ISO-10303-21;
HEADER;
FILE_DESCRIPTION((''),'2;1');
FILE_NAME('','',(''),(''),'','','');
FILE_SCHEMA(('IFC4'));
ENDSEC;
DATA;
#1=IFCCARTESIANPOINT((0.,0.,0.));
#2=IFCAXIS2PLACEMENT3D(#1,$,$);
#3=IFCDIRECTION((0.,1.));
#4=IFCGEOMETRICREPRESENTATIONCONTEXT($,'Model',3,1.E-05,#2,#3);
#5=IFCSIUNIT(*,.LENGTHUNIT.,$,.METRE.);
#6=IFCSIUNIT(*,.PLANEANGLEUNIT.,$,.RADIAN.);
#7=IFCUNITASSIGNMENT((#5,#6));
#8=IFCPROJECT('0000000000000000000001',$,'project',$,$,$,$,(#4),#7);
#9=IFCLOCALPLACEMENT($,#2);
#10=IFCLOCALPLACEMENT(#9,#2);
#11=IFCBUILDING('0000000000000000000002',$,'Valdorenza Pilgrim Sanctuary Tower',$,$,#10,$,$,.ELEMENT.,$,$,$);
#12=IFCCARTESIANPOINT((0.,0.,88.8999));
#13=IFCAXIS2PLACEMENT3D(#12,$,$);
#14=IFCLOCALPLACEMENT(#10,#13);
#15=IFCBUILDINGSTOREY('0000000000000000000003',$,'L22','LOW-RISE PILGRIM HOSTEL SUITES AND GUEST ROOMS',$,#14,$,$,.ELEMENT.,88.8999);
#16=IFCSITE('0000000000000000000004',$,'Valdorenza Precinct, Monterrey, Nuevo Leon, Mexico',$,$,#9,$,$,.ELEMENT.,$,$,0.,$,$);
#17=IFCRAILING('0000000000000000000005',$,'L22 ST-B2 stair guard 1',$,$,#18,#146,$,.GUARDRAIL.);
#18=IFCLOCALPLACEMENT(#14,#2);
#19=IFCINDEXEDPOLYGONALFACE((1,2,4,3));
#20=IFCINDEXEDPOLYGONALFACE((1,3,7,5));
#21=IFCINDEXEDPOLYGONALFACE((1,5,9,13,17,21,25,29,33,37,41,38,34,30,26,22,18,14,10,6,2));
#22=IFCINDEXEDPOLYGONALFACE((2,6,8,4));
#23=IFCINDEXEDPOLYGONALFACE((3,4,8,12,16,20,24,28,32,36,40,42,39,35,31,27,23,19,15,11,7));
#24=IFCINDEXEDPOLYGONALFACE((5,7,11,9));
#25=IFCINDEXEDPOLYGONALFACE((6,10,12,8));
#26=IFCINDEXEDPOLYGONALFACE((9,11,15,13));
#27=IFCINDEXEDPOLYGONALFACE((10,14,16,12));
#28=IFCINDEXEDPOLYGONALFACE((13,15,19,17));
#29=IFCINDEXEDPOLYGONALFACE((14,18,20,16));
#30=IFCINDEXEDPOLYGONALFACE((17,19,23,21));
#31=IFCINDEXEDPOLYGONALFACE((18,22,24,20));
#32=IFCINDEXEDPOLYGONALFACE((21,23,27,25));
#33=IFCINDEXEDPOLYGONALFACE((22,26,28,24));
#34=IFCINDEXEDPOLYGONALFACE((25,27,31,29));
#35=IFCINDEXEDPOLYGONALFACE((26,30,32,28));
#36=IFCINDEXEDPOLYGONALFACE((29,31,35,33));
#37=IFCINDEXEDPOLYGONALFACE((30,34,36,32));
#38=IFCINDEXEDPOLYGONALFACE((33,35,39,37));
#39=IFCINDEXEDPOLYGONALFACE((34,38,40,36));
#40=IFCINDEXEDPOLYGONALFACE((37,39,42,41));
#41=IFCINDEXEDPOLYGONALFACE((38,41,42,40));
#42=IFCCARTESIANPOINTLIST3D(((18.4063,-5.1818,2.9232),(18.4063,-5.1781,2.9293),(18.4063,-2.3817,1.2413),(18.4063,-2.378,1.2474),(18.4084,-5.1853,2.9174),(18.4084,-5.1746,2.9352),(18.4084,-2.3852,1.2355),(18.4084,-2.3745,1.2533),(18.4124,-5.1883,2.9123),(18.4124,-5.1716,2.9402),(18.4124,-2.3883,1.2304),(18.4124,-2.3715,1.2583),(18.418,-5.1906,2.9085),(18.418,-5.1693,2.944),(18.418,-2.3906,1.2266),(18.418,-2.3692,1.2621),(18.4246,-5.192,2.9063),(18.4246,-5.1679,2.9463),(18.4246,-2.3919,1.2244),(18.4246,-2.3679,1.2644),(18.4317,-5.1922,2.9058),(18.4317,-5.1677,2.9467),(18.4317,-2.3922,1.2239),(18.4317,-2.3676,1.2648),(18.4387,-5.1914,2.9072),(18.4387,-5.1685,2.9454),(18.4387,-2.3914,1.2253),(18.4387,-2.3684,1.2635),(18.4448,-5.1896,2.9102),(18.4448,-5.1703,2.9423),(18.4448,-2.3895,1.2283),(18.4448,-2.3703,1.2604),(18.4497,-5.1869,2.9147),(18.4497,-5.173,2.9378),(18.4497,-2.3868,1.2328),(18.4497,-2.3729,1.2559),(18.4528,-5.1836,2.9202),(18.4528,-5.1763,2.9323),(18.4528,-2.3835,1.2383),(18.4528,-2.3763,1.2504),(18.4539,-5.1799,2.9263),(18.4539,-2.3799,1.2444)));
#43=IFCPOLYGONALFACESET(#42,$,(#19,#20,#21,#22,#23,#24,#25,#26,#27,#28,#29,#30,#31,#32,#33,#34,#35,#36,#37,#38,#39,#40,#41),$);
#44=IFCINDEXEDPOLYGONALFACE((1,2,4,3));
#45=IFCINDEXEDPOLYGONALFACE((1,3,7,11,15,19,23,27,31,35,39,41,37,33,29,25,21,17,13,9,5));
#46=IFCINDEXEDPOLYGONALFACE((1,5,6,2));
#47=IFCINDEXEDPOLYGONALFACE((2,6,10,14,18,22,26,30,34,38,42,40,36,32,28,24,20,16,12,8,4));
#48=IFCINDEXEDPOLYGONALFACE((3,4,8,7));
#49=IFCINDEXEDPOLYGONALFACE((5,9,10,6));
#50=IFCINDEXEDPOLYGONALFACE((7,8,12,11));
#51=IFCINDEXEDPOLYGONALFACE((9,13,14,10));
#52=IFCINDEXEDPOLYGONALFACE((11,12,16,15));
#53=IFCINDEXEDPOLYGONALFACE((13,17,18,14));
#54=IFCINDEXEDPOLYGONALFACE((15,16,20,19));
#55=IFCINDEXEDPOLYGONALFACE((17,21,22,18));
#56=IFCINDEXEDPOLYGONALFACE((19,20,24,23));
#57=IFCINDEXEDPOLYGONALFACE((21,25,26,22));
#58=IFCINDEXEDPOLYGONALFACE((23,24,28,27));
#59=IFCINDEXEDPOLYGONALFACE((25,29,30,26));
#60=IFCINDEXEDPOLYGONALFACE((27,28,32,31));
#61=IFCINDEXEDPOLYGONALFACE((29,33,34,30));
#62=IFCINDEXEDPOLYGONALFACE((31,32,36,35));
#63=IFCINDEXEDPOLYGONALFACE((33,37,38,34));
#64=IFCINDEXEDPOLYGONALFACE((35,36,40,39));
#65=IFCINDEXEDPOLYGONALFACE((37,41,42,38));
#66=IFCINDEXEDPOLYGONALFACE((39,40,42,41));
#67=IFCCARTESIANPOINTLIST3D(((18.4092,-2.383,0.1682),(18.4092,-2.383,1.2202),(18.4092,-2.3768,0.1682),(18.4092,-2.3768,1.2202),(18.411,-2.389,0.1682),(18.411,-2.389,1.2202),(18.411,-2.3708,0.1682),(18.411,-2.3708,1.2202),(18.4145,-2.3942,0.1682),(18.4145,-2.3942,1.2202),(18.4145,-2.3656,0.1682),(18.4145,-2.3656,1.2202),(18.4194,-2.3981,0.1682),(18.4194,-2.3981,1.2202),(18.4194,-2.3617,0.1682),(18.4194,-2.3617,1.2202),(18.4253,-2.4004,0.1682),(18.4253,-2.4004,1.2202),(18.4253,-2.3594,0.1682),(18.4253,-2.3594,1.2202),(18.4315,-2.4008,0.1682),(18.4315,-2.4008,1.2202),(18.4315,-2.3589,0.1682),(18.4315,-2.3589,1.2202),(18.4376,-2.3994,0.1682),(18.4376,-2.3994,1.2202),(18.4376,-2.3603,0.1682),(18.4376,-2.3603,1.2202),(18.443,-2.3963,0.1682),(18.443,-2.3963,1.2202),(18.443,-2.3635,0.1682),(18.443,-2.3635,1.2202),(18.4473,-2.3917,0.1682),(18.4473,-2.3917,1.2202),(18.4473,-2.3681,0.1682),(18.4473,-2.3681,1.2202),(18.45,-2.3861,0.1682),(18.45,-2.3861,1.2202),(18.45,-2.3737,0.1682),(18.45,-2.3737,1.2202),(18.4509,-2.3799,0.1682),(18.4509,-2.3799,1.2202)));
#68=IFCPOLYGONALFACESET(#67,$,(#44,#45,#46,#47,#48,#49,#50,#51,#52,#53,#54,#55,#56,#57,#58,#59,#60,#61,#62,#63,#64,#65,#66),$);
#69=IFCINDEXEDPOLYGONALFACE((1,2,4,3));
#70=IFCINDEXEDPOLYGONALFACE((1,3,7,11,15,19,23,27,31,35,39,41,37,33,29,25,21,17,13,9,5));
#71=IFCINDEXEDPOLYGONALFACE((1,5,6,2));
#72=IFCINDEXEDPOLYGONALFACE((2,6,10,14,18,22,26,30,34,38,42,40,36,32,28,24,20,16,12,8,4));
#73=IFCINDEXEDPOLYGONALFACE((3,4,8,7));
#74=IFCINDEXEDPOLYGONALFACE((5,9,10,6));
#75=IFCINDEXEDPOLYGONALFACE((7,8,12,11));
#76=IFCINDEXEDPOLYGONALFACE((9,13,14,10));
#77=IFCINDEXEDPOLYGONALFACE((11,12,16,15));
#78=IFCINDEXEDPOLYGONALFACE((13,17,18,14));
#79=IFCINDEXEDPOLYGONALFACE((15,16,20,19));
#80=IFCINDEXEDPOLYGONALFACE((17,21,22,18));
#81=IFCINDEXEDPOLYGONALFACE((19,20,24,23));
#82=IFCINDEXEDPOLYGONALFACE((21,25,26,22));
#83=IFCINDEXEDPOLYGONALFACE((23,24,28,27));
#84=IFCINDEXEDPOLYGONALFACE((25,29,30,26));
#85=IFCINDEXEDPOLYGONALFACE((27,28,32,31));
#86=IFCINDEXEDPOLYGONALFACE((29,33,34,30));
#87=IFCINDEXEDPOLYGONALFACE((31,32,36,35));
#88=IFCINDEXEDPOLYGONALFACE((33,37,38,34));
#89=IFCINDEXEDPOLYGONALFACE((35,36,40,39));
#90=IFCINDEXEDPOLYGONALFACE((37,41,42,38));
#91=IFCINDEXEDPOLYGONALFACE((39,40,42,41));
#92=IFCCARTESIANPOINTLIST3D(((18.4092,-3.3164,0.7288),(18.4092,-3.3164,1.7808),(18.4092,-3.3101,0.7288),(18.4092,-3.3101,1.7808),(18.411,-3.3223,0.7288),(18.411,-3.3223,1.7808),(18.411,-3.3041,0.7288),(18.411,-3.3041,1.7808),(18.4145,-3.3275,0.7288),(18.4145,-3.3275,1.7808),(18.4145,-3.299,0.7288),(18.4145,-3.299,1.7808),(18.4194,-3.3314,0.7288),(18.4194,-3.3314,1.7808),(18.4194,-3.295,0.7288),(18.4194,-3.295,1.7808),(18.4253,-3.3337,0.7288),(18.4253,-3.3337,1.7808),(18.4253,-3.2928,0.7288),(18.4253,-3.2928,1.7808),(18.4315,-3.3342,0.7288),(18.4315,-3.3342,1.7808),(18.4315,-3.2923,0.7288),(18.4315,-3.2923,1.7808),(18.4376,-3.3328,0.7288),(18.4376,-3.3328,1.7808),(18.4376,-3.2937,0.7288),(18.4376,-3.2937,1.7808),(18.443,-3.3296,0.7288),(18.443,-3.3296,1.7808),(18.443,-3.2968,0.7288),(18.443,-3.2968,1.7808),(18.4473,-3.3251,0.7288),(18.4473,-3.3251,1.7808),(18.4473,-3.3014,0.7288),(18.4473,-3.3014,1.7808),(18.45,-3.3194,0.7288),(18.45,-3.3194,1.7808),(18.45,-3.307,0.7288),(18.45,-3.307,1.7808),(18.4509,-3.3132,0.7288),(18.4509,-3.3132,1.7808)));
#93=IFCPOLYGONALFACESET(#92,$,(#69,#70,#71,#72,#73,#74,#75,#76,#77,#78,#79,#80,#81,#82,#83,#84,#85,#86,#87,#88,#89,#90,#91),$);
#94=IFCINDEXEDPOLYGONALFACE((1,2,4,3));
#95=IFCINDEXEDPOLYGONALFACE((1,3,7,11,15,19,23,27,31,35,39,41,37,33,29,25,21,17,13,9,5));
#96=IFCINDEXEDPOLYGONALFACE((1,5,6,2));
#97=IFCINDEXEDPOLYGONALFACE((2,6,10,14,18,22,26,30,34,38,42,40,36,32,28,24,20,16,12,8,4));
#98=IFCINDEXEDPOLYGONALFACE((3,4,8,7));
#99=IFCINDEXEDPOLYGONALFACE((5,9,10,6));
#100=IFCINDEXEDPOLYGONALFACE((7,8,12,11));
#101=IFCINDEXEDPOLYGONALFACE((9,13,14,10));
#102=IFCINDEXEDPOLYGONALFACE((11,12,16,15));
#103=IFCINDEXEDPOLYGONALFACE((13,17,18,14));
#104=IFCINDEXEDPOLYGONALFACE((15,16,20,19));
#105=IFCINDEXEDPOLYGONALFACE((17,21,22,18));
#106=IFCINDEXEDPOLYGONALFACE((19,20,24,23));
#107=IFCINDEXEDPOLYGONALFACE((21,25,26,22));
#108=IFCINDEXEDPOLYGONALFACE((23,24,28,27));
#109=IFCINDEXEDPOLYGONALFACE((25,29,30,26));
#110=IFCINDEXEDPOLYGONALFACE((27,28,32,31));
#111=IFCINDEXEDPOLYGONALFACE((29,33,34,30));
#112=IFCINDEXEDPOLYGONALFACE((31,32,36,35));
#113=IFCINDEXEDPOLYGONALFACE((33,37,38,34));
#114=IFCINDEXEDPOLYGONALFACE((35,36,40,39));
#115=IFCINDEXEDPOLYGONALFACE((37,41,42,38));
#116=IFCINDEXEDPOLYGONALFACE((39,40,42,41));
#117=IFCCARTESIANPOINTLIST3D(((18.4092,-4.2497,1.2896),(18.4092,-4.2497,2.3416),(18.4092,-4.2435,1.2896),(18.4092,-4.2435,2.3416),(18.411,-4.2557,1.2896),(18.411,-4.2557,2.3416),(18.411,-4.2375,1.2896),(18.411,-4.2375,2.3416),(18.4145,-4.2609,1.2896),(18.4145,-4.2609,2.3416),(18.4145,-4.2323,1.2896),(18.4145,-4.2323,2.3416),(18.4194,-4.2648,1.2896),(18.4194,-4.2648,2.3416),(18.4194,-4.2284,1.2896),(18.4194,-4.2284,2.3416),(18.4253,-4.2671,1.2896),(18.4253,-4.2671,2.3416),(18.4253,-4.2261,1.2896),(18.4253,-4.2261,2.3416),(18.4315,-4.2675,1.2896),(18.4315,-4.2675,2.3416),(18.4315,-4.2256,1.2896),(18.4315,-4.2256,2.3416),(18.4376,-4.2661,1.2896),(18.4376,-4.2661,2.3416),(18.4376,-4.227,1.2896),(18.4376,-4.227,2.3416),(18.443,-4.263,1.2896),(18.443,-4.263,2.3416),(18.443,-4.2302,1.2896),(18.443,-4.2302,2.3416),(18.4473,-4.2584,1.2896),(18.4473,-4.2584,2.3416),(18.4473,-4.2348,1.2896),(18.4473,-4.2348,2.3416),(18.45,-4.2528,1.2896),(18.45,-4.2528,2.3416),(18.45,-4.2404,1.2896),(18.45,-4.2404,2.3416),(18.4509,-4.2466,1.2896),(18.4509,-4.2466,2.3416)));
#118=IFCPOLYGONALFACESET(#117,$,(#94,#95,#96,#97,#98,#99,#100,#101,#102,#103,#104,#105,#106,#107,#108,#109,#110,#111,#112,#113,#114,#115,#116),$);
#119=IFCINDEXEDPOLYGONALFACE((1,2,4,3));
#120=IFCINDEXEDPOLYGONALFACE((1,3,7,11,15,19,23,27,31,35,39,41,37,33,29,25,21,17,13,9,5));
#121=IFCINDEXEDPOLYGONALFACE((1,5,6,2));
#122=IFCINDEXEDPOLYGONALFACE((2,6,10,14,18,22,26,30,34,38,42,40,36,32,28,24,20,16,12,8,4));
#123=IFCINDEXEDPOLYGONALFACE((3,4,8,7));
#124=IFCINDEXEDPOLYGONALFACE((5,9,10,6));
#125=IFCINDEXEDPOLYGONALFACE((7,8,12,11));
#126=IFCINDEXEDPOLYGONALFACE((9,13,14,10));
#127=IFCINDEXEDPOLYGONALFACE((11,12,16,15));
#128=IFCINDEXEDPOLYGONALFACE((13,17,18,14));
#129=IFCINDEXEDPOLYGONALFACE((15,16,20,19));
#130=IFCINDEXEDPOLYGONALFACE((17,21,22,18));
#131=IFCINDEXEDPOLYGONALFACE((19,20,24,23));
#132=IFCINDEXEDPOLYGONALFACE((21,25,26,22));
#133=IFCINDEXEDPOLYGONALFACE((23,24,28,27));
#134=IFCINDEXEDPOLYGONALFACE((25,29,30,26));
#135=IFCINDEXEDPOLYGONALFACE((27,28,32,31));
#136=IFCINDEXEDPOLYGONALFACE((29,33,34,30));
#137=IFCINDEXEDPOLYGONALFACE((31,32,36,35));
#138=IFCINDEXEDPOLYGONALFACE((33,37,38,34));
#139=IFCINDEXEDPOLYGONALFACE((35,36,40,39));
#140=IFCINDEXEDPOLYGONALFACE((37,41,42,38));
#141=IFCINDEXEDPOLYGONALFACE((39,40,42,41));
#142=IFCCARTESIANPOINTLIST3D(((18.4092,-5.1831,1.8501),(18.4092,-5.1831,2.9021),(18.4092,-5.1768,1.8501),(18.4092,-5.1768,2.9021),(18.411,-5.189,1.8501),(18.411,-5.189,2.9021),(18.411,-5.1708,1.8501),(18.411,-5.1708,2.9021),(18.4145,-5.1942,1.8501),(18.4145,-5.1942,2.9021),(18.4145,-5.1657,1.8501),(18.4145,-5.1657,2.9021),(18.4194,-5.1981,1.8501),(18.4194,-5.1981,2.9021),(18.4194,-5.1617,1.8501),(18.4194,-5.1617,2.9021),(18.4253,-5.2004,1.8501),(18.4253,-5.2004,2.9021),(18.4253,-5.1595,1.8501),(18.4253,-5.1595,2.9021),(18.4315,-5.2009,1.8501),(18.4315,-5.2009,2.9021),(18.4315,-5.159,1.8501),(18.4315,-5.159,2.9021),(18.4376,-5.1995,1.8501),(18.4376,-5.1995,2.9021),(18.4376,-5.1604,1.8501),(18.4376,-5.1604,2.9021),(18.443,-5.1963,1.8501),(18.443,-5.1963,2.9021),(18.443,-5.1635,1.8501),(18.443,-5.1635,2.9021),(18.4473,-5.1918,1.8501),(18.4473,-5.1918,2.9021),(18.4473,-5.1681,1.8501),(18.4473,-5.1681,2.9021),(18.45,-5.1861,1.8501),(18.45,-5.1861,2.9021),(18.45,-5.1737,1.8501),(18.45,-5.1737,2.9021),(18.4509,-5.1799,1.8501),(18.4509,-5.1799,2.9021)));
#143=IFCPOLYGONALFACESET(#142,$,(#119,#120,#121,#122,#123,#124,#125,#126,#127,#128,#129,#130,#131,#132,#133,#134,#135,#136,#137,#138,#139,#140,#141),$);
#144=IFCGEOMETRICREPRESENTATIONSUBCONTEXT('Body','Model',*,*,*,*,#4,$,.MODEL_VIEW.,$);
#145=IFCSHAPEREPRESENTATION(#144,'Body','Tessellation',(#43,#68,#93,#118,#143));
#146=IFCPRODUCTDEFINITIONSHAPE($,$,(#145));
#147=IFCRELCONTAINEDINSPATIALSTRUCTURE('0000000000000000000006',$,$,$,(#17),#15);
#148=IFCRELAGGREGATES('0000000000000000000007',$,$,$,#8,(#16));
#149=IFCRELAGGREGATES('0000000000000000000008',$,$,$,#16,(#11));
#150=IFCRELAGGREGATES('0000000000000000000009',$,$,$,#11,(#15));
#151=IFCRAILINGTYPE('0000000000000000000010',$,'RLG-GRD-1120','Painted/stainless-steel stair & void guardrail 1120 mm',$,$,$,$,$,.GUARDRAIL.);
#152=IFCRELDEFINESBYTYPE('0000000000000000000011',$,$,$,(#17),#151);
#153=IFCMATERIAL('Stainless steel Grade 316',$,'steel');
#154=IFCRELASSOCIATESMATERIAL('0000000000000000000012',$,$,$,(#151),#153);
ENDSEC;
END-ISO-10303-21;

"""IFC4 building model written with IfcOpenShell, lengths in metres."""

from ifc_helpers import new_model, si_unit, direction, frame, origin, origin_2d, place, context, subcontext, project, spatial, circle, extrude, material, type_object, element, save


model = new_model("IFC4")

# Units and contexts
model_context = context("Model", 3, precision=1e-05, world=origin(), true_north=direction((0.0, 1.0)))
body_context = subcontext(model_context, "Body", "Model", "MODEL_VIEW")
ifc_project = project(units=[si_unit("LENGTHUNIT", "METRE"), si_unit("PLANEANGLEUNIT", "RADIAN")], contexts=[model_context])

# Site, building, storey
site_placement = place(None, origin())
site = spatial("IfcSite", under=ifc_project, at=site_placement, Name="Valdorenza Precinct, Monterrey, Nuevo Leon, Mexico", CompositionType="ELEMENT", RefElevation=0.0)
building_placement = place(site_placement, origin())
building = spatial("IfcBuilding", under=site, at=building_placement, Name="Valdorenza Pilgrim Sanctuary Tower", CompositionType="ELEMENT")
storey_placement = place(building_placement, frame((0.0, 0.0, 88.8999)))
storey = spatial("IfcBuildingStorey", under=building, at=storey_placement, Name="L22", Description="LOW-RISE PILGRIM HOSTEL SUITES AND GUEST ROOMS", CompositionType="ELEMENT", Elevation=88.8999)

# Railing
ifc_material_1 = material(Name="Stainless steel Grade 316", Category="steel")
railing_type_1 = type_object("IfcRailingType", Name="RLG-GRD-1120", Description="Painted/stainless-steel stair & void guardrail 1120 mm", PredefinedType="GUARDRAIL", material=ifc_material_1)
railing_1_placement = place(storey_placement, frame((18.4299, -2.3799, 0.1682)))
element("IfcRailing", 1, at=railing_1_placement, inside=storey, type_object=railing_type_1, Name="L22 ST-B2 stair guard 1", PredefinedType="GUARDRAIL", context=body_context, shape_type="SweptSolid", body=[
    extrude(circle(Radius=0.0239, at=origin_2d()), frame((0.0, 0.0, 1.0762), z_axis=(0.0, -0.857242, 0.514913), x_axis=(1.0, 0.0, 0.0)), (0.0, 0.0, 1.0), 3.2664),
    extrude(circle(Radius=0.021, at=origin_2d()), origin(), (0.0, 0.0, 1.0), 1.052),
    extrude(circle(Radius=0.021, at=origin_2d()), frame((0.0, -0.9333, 0.5605)), (0.0, 0.0, 1.0), 1.052),
    extrude(circle(Radius=0.021, at=origin_2d()), frame((0.0, -1.8667, 1.1213)), (0.0, 0.0, 1.0), 1.052),
    extrude(circle(Radius=0.021, at=origin_2d()), frame((0.0, -2.8, 1.6819)), (0.0, 0.0, 1.0), 1.052),
])

save(model, "model.ifc")
